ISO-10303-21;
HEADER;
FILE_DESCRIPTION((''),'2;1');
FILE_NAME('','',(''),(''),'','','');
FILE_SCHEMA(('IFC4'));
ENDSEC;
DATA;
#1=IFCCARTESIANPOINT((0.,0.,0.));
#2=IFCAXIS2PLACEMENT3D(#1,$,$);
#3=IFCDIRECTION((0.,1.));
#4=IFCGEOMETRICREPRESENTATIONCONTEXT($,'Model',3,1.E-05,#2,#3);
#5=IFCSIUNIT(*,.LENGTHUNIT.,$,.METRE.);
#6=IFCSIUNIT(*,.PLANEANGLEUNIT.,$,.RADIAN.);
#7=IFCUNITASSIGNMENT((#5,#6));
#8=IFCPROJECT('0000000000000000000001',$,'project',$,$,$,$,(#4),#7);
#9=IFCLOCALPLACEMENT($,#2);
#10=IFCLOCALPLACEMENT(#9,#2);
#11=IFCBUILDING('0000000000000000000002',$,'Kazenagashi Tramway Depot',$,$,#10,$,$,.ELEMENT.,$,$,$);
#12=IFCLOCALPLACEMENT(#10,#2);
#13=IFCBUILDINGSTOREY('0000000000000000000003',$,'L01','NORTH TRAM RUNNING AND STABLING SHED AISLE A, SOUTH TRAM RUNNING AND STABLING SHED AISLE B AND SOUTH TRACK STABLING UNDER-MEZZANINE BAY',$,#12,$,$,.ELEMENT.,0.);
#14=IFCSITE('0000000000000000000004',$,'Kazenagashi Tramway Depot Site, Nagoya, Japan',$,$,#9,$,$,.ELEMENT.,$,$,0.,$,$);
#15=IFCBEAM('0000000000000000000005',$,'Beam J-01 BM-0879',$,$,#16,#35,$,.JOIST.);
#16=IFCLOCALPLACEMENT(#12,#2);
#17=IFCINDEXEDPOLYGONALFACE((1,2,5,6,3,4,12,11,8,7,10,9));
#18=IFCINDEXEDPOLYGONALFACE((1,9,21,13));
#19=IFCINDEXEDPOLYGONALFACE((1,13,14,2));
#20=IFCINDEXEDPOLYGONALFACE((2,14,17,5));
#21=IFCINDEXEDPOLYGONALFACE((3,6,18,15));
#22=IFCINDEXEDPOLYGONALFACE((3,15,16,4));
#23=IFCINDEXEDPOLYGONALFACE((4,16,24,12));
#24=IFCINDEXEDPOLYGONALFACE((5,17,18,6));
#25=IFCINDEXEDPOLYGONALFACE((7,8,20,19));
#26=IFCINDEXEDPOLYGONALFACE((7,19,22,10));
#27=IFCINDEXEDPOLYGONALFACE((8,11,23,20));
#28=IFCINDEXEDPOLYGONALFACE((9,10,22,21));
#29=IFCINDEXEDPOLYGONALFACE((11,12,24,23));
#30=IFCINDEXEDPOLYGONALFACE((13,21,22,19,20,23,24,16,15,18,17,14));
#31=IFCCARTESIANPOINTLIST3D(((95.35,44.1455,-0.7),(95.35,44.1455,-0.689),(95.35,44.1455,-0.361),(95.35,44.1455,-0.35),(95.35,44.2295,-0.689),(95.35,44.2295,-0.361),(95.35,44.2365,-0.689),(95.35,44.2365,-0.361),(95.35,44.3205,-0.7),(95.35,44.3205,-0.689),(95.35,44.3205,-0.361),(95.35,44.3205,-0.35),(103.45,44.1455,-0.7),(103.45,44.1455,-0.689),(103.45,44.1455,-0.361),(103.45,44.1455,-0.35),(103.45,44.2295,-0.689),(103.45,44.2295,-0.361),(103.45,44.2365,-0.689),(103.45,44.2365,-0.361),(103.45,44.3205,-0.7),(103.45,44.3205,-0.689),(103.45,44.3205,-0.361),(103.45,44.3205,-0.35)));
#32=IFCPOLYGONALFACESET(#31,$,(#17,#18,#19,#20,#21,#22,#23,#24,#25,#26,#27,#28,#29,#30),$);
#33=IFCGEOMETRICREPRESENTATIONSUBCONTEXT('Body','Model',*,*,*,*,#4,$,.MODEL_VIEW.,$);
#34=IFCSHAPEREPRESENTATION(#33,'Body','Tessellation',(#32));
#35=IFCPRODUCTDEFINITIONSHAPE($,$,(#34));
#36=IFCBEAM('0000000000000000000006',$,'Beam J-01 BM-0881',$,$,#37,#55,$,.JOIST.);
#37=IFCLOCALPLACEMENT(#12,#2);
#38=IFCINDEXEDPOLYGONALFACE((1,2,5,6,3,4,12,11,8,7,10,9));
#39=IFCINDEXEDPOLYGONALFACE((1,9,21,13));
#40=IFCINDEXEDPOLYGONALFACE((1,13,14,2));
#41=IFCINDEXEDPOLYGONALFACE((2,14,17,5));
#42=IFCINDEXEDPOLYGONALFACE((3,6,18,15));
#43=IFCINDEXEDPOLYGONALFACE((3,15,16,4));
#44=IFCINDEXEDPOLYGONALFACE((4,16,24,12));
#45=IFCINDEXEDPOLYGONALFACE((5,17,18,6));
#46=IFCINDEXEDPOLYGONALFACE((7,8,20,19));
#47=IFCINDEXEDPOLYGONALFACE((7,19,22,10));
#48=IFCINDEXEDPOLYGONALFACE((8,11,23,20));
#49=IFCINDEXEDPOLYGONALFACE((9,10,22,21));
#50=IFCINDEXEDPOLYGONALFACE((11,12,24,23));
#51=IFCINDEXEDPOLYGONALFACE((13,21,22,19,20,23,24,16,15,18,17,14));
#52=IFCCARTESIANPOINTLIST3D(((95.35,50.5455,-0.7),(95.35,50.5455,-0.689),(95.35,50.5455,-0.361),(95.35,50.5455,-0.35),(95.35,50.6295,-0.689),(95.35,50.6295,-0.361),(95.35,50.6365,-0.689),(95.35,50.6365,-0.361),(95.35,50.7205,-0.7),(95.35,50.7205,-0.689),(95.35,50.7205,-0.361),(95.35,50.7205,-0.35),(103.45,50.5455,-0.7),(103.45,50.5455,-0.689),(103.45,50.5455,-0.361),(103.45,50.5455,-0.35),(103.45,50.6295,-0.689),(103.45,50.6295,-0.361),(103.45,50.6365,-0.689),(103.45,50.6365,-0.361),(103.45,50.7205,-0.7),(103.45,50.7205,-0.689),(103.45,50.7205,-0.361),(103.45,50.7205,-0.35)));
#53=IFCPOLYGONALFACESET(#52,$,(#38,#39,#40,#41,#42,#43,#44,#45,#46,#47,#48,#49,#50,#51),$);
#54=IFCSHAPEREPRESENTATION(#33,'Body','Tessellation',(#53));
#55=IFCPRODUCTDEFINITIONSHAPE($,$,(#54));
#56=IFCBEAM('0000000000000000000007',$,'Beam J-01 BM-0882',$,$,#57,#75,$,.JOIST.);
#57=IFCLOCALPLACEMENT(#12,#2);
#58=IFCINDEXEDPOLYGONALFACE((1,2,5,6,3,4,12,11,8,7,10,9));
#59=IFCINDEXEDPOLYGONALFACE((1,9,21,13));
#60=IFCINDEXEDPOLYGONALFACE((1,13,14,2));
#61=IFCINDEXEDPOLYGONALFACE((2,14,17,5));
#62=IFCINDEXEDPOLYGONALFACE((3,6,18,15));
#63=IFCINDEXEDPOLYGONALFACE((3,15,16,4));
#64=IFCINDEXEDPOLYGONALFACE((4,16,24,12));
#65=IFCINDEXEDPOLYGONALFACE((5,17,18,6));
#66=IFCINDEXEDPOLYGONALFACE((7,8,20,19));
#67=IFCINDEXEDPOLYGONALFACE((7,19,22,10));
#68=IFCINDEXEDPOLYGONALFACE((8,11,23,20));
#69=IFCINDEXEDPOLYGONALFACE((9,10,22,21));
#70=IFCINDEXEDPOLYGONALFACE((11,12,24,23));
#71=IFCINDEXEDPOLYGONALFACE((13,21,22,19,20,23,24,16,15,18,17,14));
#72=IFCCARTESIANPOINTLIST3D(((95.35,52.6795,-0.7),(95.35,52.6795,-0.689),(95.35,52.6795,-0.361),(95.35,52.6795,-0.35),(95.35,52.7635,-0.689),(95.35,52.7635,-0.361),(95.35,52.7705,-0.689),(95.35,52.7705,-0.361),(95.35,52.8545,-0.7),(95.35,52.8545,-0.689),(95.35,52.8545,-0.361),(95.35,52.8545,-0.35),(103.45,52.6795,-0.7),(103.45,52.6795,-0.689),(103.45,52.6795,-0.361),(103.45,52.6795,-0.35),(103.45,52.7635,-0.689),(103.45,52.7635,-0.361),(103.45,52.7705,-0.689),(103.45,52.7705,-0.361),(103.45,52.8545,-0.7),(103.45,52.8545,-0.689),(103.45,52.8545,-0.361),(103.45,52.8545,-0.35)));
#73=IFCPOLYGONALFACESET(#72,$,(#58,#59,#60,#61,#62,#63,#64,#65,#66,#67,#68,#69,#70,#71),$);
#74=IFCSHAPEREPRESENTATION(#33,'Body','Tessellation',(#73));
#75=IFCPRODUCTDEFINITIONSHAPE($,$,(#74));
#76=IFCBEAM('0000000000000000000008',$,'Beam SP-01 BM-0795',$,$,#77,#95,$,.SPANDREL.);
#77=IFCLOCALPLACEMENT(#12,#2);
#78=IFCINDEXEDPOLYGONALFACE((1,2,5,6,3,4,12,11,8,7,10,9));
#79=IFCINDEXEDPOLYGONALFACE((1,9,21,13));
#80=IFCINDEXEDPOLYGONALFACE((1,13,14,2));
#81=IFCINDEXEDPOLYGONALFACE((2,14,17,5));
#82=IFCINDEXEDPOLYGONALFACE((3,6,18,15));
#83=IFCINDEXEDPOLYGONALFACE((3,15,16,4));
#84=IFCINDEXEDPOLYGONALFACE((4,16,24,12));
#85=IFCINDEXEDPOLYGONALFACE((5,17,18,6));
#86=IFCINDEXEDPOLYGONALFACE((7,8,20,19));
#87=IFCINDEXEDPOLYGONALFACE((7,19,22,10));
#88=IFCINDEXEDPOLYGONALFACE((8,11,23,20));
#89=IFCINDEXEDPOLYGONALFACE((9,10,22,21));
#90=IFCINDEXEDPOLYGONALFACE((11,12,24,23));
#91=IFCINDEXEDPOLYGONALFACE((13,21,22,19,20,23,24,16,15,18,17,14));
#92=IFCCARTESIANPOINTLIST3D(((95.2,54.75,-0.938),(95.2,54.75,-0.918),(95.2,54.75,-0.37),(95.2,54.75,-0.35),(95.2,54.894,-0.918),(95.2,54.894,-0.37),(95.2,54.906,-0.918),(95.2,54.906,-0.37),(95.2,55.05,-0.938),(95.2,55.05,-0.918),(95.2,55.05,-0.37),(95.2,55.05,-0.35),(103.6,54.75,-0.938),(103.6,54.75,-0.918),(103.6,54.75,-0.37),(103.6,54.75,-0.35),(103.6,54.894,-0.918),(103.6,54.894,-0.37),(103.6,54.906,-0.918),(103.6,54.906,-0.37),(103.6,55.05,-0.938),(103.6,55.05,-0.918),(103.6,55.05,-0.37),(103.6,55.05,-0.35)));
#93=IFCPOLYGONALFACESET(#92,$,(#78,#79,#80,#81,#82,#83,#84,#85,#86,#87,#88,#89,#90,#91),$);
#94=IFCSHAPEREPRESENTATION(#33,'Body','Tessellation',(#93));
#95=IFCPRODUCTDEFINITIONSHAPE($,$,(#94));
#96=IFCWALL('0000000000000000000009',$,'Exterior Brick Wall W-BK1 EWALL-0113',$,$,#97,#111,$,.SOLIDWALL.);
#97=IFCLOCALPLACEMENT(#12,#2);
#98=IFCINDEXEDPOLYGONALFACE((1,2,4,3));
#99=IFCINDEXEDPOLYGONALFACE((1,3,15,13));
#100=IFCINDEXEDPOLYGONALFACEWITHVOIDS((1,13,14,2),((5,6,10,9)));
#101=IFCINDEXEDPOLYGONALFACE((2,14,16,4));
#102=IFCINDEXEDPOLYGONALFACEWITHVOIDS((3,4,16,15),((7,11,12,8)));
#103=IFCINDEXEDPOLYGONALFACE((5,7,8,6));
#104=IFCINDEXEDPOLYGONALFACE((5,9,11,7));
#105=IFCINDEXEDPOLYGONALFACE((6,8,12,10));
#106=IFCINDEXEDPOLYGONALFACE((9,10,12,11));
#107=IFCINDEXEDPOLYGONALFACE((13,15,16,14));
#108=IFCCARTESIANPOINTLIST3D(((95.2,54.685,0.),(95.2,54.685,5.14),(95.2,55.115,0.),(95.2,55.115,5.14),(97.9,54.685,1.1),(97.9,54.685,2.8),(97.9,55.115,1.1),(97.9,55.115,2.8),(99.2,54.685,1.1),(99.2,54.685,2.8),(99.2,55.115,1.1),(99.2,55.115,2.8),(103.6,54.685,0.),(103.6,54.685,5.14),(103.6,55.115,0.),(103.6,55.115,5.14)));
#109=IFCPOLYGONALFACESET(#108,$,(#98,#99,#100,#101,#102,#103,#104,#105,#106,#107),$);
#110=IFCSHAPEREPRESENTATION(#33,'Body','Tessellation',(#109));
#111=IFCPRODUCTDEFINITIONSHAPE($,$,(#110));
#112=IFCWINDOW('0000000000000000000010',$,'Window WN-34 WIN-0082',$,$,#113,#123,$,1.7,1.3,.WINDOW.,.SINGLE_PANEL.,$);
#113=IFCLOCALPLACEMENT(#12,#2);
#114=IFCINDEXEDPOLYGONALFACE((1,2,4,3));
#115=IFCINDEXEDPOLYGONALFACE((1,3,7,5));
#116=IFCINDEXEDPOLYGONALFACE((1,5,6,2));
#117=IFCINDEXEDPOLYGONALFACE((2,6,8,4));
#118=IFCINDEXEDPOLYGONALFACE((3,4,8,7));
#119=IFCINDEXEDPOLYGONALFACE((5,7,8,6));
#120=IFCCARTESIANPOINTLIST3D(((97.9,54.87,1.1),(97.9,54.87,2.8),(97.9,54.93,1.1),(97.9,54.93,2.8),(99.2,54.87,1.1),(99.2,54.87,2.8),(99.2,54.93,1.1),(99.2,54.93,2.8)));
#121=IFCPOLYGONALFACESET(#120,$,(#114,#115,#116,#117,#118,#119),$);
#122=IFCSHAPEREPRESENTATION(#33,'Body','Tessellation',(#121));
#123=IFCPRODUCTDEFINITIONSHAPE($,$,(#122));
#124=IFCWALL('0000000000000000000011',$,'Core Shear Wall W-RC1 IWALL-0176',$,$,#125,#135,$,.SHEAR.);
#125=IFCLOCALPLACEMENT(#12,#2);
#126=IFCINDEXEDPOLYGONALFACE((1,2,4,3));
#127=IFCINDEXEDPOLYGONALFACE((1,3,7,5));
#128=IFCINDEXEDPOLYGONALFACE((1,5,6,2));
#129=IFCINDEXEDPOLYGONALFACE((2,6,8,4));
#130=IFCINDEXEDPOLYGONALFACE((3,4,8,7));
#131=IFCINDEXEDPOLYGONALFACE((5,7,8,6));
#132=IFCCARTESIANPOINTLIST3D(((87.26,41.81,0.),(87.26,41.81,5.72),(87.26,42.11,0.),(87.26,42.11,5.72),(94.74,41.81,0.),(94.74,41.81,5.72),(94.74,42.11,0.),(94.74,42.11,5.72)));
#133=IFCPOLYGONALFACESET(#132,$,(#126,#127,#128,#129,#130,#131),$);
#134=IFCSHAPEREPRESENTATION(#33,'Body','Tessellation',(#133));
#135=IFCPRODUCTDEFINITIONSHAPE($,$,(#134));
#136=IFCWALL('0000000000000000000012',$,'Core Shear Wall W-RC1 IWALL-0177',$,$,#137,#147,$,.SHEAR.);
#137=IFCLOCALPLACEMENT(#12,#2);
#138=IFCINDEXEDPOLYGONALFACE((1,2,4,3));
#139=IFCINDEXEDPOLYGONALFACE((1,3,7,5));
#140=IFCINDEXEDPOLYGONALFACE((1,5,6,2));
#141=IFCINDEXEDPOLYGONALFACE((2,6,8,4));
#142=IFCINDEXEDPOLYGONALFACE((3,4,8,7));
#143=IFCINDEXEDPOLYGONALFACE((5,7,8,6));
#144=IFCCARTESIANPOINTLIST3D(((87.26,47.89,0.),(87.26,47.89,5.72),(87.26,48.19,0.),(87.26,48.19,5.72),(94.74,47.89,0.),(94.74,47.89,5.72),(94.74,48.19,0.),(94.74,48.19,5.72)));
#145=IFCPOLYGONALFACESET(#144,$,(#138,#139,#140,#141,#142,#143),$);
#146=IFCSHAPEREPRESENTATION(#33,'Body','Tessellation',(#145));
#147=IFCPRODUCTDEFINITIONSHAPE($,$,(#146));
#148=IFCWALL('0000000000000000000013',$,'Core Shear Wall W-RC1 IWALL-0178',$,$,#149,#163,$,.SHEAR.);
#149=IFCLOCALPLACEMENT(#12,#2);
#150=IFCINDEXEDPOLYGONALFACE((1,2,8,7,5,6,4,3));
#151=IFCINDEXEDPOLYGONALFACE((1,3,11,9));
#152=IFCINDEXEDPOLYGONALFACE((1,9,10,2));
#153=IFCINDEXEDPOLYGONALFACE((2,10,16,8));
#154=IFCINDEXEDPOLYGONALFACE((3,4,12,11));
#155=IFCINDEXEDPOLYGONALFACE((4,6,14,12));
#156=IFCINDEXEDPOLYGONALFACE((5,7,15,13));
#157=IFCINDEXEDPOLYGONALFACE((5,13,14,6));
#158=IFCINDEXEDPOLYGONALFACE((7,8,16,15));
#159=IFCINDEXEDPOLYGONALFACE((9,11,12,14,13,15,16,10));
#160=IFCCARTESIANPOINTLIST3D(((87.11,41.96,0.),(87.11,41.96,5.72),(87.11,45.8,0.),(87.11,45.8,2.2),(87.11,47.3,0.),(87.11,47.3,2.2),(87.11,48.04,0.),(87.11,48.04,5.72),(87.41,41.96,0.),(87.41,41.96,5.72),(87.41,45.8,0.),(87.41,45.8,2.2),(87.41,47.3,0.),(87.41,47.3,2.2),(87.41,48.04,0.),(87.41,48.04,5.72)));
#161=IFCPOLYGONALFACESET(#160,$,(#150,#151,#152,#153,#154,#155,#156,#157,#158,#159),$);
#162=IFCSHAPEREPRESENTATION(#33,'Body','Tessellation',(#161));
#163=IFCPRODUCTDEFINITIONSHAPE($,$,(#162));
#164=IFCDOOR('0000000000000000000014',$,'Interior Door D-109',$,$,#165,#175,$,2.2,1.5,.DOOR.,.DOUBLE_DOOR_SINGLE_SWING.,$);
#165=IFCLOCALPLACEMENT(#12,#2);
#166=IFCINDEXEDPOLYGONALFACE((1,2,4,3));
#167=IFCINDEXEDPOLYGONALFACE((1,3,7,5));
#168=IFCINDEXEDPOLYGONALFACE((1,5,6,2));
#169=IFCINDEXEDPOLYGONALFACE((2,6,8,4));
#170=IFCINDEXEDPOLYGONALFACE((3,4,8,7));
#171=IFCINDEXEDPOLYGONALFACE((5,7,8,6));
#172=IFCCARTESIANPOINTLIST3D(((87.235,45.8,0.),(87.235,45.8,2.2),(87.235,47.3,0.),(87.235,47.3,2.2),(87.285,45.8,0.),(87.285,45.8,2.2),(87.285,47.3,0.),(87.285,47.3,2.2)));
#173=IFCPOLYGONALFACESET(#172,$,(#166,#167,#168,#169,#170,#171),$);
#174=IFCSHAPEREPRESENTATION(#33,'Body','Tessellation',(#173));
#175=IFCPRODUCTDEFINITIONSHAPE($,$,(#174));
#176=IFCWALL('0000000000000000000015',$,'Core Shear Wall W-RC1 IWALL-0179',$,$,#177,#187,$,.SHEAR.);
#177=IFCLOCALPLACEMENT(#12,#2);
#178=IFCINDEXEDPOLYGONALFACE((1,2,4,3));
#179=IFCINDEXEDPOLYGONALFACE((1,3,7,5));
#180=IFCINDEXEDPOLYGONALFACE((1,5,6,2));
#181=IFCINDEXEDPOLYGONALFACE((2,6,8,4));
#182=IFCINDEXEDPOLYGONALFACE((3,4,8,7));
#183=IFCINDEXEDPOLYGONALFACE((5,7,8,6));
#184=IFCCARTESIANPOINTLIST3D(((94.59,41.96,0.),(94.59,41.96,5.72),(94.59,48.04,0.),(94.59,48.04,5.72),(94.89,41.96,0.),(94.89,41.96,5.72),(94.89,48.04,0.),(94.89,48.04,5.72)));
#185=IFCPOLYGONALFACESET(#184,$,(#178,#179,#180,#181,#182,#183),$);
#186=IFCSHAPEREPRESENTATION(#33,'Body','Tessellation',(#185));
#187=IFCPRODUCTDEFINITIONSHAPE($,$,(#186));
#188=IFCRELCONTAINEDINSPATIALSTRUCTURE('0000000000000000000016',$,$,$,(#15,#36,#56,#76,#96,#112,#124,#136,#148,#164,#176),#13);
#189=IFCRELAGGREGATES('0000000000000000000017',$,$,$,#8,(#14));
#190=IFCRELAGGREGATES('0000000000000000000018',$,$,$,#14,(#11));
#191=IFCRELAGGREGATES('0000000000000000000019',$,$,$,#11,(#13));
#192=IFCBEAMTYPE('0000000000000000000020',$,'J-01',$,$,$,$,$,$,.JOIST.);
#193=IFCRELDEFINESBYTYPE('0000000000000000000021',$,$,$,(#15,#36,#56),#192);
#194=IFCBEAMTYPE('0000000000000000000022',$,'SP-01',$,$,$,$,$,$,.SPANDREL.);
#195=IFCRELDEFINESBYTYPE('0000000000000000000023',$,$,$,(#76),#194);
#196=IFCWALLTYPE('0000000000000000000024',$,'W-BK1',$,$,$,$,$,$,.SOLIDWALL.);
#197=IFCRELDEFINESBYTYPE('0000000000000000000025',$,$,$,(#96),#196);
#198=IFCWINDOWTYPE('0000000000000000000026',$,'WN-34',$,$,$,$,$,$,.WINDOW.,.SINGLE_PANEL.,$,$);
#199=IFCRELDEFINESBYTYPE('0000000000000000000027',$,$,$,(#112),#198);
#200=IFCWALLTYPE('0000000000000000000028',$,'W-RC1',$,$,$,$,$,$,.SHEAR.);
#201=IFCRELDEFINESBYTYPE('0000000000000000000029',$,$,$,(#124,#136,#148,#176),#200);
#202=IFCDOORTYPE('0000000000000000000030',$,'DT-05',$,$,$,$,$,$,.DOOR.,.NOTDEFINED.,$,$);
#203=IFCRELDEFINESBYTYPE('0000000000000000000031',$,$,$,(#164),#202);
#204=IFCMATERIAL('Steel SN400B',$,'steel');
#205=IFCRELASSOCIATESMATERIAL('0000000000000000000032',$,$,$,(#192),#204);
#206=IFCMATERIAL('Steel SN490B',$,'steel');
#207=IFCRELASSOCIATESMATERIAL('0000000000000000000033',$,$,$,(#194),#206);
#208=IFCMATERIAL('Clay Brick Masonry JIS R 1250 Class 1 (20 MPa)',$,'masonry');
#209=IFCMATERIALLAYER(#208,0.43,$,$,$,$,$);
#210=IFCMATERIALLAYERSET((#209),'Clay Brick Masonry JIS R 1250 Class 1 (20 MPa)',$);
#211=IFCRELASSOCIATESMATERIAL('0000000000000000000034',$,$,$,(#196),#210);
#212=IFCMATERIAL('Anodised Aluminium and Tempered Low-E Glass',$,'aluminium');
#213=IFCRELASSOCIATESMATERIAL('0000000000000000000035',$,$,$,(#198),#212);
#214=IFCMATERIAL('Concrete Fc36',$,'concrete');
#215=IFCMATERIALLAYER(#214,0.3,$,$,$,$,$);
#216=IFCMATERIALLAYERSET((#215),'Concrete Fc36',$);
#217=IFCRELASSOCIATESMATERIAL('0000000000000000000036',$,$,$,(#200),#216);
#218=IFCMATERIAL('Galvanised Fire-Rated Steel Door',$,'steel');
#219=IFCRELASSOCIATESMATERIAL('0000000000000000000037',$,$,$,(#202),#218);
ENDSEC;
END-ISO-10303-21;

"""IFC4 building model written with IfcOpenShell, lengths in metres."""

from ifc_helpers import new_model, si_unit, direction, frame, frame_2d, origin, origin_2d, place, context, subcontext, project, spatial, rectangle, i_section, extrude, material, layer, layer_set, material_profile, profile_set, type_object, element, fill, save


model = new_model("IFC4")

# Units and contexts
model_context = context("Model", 3, precision=1e-05, world=origin(), true_north=direction((0.0, 1.0)))
body_context = subcontext(model_context, "Body", "Model", "MODEL_VIEW")
ifc_project = project(units=[si_unit("LENGTHUNIT", "METRE"), si_unit("PLANEANGLEUNIT", "RADIAN")], contexts=[model_context])

# Site, building, storey
site_placement = place(None, origin())
site = spatial("IfcSite", under=ifc_project, at=site_placement, Name="Kazenagashi Tramway Depot Site, Nagoya, Japan", CompositionType="ELEMENT", RefElevation=0.0)
building_placement = place(site_placement, origin())
building = spatial("IfcBuilding", under=site, at=building_placement, Name="Kazenagashi Tramway Depot", CompositionType="ELEMENT")
storey_placement = place(building_placement, origin())
storey = spatial("IfcBuildingStorey", under=building, at=storey_placement, Name="L01", Description="NORTH TRAM RUNNING AND STABLING SHED AISLE A, SOUTH TRAM RUNNING AND STABLING SHED AISLE B AND SOUTH TRACK STABLING UNDER-MEZZANINE BAY", CompositionType="ELEMENT", Elevation=0.0)

# Shared definitions
ifc_material_1 = material(Name="Steel SN490B", Category="steel")

# Beams
ifc_material_2 = material(Name="Steel SN400B", Category="steel")
ifc_material_profile_1 = material_profile(ifc_material_2, i_section(OverallWidth=0.175, OverallDepth=0.35, WebThickness=0.007, FlangeThickness=0.011, at=origin_2d()), Name="H-350x175x7x11")
ifc_profile_set_1 = profile_set([ifc_material_profile_1], Name="Steel SN400B")
beam_type_1 = type_object("IfcBeamType", Name="J-01", PredefinedType="JOIST", material=ifc_profile_set_1)
for number, where, z_axis, x_axis, name in (
    (1, (95.35, 44.233, -0.525), (1.0, 0.0, 0.0), (0.0, 1.0, 0.0), "Beam J-01 BM-0879"),
    (2, (95.35, 50.633, -0.525), (1.0, 0.0, 0.0), (0.0, 1.0, 0.0), "Beam J-01 BM-0881"),
    (3, (95.35, 52.767, -0.525), (1.0, 0.0, 0.0), (0.0, 1.0, 0.0), "Beam J-01 BM-0882"),
):
    element("IfcBeam", number, at=place(storey_placement, frame(where, z_axis=z_axis, x_axis=x_axis)), inside=storey, type_object=beam_type_1, Name=name, PredefinedType="JOIST", context=body_context, shape_type="SweptSolid", body=[
        extrude(i_section(OverallWidth=0.175, OverallDepth=0.35, WebThickness=0.007, FlangeThickness=0.011, at=origin_2d()), origin(), (0.0, 0.0, 1.0), 8.1),
    ])
ifc_material_profile_2 = material_profile(ifc_material_1, i_section(OverallWidth=0.3, OverallDepth=0.588, WebThickness=0.012, FlangeThickness=0.02, at=origin_2d()), Name="H-588x300x12x20")
ifc_profile_set_2 = profile_set([ifc_material_profile_2], Name="Steel SN490B")
beam_type_2 = type_object("IfcBeamType", Name="SP-01", PredefinedType="SPANDREL", material=ifc_profile_set_2)
beam_1_placement = place(storey_placement, frame((95.2, 54.9, -0.644), z_axis=(1.0, 0.0, 0.0), x_axis=(0.0, 1.0, 0.0)))
element("IfcBeam", 4, at=beam_1_placement, inside=storey, type_object=beam_type_2, Name="Beam SP-01 BM-0795", PredefinedType="SPANDREL", context=body_context, shape_type="SweptSolid", body=[
    extrude(i_section(OverallWidth=0.3, OverallDepth=0.588, WebThickness=0.012, FlangeThickness=0.02, at=origin_2d()), origin(), (0.0, 0.0, 1.0), 8.4),
])

# Wall, opening, window
ifc_material_3 = material(Name="Clay Brick Masonry JIS R 1250 Class 1 (20 MPa)", Category="masonry")
ifc_layer_1 = layer(ifc_material_3, 0.43)
ifc_layer_set_1 = layer_set([ifc_layer_1], Name="Clay Brick Masonry JIS R 1250 Class 1 (20 MPa)")
wall_type_1 = type_object("IfcWallType", Name="W-BK1", PredefinedType="SOLIDWALL", material=ifc_layer_set_1)
wall_1_placement = place(storey_placement, frame((95.2, 54.9, 0.0), z_axis=(0.0, 0.0, 1.0), x_axis=(1.0, 0.0, 0.0)))
wall_1 = element("IfcWall", 5, at=wall_1_placement, inside=storey, type_object=wall_type_1, Name="Exterior Brick Wall W-BK1 EWALL-0113", PredefinedType="SOLIDWALL", context=body_context, shape_type="SweptSolid", body=[
    extrude(rectangle(XDim=8.4, YDim=0.43, at=frame_2d((4.2, 0.0))), origin(), (0.0, 0.0, 1.0), 5.14),
])
opening_1_placement = place(wall_1_placement, frame((2.7, 0.0, 1.1)))
opening_1 = element("IfcOpeningElement", 6, at=opening_1_placement, cuts=wall_1, PredefinedType="OPENING", context=body_context, shape_type="SweptSolid", body=[
    extrude(rectangle(XDim=1.3, YDim=1.7, at=frame_2d((0.65, 0.85))), frame((0.0, 0.225, 0.0), z_axis=(0.0, -1.0, 0.0), x_axis=(1.0, 0.0, 0.0)), (0.0, 0.0, 1.0), 0.45),
])
ifc_material_4 = material(Name="Anodised Aluminium and Tempered Low-E Glass", Category="aluminium")
window_type = type_object("IfcWindowType", Name="WN-34", PartitioningType="SINGLE_PANEL", PredefinedType="WINDOW", material=ifc_material_4)
window_placement = place(opening_1_placement, origin())
window = element("IfcWindow", 7, at=window_placement, inside=storey, type_object=window_type, Name="Window WN-34 WIN-0082", OverallHeight=1.7, OverallWidth=1.3, PartitioningType="SINGLE_PANEL", PredefinedType="WINDOW", context=body_context, shape_type="SweptSolid", body=[
    extrude(rectangle(XDim=1.3, YDim=1.7, at=frame_2d((0.65, 0.85))), frame((0.0, 0.03, 0.0), z_axis=(0.0, -1.0, 0.0), x_axis=(1.0, 0.0, 0.0)), (0.0, 0.0, 1.0), 0.06),
])
fill(opening_1, window)

# Walls
ifc_material_5 = material(Name="Concrete Fc36", Category="concrete")
ifc_layer_2 = layer(ifc_material_5, 0.3)
ifc_layer_set_2 = layer_set([ifc_layer_2], Name="Concrete Fc36")
wall_type_2 = type_object("IfcWallType", Name="W-RC1", PredefinedType="SHEAR", material=ifc_layer_set_2)
for number, where, z_axis, x_axis, name in (
    (8, (87.26, 41.96, 0.0), (0.0, 0.0, 1.0), (1.0, 0.0, 0.0), "Core Shear Wall W-RC1 IWALL-0176"),
    (9, (87.26, 48.04, 0.0), (0.0, 0.0, 1.0), (1.0, 0.0, 0.0), "Core Shear Wall W-RC1 IWALL-0177"),
):
    element("IfcWall", number, at=place(storey_placement, frame(where, z_axis=z_axis, x_axis=x_axis)), inside=storey, type_object=wall_type_2, Name=name, PredefinedType="SHEAR", context=body_context, shape_type="SweptSolid", body=[
        extrude(rectangle(XDim=7.48, YDim=0.3, at=frame_2d((3.74, 0.0))), origin(), (0.0, 0.0, 1.0), 5.72),
    ])

# Wall, opening, door
wall_2_placement = place(storey_placement, frame((87.26, 41.96, 0.0), z_axis=(0.0, 0.0, 1.0), x_axis=(0.0, 1.0, 0.0)))
wall_2 = element("IfcWall", 10, at=wall_2_placement, inside=storey, type_object=wall_type_2, Name="Core Shear Wall W-RC1 IWALL-0178", PredefinedType="SHEAR", context=body_context, shape_type="SweptSolid", body=[
    extrude(rectangle(XDim=6.08, YDim=0.3, at=frame_2d((3.04, 0.0))), origin(), (0.0, 0.0, 1.0), 5.72),
])
opening_2_placement = place(wall_2_placement, frame((3.84, 0.0, 0.0)))
opening_2 = element("IfcOpeningElement", 11, at=opening_2_placement, cuts=wall_2, PredefinedType="OPENING", context=body_context, shape_type="SweptSolid", body=[
    extrude(rectangle(XDim=1.5, YDim=2.2, at=frame_2d((0.75, 1.1))), frame((0.0, 0.16, 0.0), z_axis=(0.0, -1.0, 0.0), x_axis=(1.0, 0.0, 0.0)), (0.0, 0.0, 1.0), 0.32),
])
ifc_material_6 = material(Name="Galvanised Fire-Rated Steel Door", Category="steel")
door_type_1 = type_object("IfcDoorType", Name="DT-05", OperationType="NOTDEFINED", PredefinedType="DOOR", material=ifc_material_6)
door_1_placement = place(opening_2_placement, origin())
door_1 = element("IfcDoor", 12, at=door_1_placement, inside=storey, type_object=door_type_1, Name="Interior Door D-109", OperationType="DOUBLE_DOOR_SINGLE_SWING", OverallHeight=2.2, OverallWidth=1.5, PredefinedType="DOOR", context=body_context, shape_type="SweptSolid", body=[
    extrude(rectangle(XDim=1.5, YDim=2.2, at=frame_2d((0.75, 1.1))), frame((0.0, 0.025, 0.0), z_axis=(0.0, -1.0, 0.0), x_axis=(1.0, 0.0, 0.0)), (0.0, 0.0, 1.0), 0.05),
])
fill(opening_2, door_1)

# Wall
wall_3_placement = place(storey_placement, frame((94.74, 41.96, 0.0), z_axis=(0.0, 0.0, 1.0), x_axis=(0.0, 1.0, 0.0)))
element("IfcWall", 13, at=wall_3_placement, inside=storey, type_object=wall_type_2, Name="Core Shear Wall W-RC1 IWALL-0179", PredefinedType="SHEAR", context=body_context, shape_type="SweptSolid", body=[
    extrude(rectangle(XDim=6.08, YDim=0.3, at=frame_2d((3.04, 0.0))), origin(), (0.0, 0.0, 1.0), 5.72),
])

save(model, "model.ifc")
